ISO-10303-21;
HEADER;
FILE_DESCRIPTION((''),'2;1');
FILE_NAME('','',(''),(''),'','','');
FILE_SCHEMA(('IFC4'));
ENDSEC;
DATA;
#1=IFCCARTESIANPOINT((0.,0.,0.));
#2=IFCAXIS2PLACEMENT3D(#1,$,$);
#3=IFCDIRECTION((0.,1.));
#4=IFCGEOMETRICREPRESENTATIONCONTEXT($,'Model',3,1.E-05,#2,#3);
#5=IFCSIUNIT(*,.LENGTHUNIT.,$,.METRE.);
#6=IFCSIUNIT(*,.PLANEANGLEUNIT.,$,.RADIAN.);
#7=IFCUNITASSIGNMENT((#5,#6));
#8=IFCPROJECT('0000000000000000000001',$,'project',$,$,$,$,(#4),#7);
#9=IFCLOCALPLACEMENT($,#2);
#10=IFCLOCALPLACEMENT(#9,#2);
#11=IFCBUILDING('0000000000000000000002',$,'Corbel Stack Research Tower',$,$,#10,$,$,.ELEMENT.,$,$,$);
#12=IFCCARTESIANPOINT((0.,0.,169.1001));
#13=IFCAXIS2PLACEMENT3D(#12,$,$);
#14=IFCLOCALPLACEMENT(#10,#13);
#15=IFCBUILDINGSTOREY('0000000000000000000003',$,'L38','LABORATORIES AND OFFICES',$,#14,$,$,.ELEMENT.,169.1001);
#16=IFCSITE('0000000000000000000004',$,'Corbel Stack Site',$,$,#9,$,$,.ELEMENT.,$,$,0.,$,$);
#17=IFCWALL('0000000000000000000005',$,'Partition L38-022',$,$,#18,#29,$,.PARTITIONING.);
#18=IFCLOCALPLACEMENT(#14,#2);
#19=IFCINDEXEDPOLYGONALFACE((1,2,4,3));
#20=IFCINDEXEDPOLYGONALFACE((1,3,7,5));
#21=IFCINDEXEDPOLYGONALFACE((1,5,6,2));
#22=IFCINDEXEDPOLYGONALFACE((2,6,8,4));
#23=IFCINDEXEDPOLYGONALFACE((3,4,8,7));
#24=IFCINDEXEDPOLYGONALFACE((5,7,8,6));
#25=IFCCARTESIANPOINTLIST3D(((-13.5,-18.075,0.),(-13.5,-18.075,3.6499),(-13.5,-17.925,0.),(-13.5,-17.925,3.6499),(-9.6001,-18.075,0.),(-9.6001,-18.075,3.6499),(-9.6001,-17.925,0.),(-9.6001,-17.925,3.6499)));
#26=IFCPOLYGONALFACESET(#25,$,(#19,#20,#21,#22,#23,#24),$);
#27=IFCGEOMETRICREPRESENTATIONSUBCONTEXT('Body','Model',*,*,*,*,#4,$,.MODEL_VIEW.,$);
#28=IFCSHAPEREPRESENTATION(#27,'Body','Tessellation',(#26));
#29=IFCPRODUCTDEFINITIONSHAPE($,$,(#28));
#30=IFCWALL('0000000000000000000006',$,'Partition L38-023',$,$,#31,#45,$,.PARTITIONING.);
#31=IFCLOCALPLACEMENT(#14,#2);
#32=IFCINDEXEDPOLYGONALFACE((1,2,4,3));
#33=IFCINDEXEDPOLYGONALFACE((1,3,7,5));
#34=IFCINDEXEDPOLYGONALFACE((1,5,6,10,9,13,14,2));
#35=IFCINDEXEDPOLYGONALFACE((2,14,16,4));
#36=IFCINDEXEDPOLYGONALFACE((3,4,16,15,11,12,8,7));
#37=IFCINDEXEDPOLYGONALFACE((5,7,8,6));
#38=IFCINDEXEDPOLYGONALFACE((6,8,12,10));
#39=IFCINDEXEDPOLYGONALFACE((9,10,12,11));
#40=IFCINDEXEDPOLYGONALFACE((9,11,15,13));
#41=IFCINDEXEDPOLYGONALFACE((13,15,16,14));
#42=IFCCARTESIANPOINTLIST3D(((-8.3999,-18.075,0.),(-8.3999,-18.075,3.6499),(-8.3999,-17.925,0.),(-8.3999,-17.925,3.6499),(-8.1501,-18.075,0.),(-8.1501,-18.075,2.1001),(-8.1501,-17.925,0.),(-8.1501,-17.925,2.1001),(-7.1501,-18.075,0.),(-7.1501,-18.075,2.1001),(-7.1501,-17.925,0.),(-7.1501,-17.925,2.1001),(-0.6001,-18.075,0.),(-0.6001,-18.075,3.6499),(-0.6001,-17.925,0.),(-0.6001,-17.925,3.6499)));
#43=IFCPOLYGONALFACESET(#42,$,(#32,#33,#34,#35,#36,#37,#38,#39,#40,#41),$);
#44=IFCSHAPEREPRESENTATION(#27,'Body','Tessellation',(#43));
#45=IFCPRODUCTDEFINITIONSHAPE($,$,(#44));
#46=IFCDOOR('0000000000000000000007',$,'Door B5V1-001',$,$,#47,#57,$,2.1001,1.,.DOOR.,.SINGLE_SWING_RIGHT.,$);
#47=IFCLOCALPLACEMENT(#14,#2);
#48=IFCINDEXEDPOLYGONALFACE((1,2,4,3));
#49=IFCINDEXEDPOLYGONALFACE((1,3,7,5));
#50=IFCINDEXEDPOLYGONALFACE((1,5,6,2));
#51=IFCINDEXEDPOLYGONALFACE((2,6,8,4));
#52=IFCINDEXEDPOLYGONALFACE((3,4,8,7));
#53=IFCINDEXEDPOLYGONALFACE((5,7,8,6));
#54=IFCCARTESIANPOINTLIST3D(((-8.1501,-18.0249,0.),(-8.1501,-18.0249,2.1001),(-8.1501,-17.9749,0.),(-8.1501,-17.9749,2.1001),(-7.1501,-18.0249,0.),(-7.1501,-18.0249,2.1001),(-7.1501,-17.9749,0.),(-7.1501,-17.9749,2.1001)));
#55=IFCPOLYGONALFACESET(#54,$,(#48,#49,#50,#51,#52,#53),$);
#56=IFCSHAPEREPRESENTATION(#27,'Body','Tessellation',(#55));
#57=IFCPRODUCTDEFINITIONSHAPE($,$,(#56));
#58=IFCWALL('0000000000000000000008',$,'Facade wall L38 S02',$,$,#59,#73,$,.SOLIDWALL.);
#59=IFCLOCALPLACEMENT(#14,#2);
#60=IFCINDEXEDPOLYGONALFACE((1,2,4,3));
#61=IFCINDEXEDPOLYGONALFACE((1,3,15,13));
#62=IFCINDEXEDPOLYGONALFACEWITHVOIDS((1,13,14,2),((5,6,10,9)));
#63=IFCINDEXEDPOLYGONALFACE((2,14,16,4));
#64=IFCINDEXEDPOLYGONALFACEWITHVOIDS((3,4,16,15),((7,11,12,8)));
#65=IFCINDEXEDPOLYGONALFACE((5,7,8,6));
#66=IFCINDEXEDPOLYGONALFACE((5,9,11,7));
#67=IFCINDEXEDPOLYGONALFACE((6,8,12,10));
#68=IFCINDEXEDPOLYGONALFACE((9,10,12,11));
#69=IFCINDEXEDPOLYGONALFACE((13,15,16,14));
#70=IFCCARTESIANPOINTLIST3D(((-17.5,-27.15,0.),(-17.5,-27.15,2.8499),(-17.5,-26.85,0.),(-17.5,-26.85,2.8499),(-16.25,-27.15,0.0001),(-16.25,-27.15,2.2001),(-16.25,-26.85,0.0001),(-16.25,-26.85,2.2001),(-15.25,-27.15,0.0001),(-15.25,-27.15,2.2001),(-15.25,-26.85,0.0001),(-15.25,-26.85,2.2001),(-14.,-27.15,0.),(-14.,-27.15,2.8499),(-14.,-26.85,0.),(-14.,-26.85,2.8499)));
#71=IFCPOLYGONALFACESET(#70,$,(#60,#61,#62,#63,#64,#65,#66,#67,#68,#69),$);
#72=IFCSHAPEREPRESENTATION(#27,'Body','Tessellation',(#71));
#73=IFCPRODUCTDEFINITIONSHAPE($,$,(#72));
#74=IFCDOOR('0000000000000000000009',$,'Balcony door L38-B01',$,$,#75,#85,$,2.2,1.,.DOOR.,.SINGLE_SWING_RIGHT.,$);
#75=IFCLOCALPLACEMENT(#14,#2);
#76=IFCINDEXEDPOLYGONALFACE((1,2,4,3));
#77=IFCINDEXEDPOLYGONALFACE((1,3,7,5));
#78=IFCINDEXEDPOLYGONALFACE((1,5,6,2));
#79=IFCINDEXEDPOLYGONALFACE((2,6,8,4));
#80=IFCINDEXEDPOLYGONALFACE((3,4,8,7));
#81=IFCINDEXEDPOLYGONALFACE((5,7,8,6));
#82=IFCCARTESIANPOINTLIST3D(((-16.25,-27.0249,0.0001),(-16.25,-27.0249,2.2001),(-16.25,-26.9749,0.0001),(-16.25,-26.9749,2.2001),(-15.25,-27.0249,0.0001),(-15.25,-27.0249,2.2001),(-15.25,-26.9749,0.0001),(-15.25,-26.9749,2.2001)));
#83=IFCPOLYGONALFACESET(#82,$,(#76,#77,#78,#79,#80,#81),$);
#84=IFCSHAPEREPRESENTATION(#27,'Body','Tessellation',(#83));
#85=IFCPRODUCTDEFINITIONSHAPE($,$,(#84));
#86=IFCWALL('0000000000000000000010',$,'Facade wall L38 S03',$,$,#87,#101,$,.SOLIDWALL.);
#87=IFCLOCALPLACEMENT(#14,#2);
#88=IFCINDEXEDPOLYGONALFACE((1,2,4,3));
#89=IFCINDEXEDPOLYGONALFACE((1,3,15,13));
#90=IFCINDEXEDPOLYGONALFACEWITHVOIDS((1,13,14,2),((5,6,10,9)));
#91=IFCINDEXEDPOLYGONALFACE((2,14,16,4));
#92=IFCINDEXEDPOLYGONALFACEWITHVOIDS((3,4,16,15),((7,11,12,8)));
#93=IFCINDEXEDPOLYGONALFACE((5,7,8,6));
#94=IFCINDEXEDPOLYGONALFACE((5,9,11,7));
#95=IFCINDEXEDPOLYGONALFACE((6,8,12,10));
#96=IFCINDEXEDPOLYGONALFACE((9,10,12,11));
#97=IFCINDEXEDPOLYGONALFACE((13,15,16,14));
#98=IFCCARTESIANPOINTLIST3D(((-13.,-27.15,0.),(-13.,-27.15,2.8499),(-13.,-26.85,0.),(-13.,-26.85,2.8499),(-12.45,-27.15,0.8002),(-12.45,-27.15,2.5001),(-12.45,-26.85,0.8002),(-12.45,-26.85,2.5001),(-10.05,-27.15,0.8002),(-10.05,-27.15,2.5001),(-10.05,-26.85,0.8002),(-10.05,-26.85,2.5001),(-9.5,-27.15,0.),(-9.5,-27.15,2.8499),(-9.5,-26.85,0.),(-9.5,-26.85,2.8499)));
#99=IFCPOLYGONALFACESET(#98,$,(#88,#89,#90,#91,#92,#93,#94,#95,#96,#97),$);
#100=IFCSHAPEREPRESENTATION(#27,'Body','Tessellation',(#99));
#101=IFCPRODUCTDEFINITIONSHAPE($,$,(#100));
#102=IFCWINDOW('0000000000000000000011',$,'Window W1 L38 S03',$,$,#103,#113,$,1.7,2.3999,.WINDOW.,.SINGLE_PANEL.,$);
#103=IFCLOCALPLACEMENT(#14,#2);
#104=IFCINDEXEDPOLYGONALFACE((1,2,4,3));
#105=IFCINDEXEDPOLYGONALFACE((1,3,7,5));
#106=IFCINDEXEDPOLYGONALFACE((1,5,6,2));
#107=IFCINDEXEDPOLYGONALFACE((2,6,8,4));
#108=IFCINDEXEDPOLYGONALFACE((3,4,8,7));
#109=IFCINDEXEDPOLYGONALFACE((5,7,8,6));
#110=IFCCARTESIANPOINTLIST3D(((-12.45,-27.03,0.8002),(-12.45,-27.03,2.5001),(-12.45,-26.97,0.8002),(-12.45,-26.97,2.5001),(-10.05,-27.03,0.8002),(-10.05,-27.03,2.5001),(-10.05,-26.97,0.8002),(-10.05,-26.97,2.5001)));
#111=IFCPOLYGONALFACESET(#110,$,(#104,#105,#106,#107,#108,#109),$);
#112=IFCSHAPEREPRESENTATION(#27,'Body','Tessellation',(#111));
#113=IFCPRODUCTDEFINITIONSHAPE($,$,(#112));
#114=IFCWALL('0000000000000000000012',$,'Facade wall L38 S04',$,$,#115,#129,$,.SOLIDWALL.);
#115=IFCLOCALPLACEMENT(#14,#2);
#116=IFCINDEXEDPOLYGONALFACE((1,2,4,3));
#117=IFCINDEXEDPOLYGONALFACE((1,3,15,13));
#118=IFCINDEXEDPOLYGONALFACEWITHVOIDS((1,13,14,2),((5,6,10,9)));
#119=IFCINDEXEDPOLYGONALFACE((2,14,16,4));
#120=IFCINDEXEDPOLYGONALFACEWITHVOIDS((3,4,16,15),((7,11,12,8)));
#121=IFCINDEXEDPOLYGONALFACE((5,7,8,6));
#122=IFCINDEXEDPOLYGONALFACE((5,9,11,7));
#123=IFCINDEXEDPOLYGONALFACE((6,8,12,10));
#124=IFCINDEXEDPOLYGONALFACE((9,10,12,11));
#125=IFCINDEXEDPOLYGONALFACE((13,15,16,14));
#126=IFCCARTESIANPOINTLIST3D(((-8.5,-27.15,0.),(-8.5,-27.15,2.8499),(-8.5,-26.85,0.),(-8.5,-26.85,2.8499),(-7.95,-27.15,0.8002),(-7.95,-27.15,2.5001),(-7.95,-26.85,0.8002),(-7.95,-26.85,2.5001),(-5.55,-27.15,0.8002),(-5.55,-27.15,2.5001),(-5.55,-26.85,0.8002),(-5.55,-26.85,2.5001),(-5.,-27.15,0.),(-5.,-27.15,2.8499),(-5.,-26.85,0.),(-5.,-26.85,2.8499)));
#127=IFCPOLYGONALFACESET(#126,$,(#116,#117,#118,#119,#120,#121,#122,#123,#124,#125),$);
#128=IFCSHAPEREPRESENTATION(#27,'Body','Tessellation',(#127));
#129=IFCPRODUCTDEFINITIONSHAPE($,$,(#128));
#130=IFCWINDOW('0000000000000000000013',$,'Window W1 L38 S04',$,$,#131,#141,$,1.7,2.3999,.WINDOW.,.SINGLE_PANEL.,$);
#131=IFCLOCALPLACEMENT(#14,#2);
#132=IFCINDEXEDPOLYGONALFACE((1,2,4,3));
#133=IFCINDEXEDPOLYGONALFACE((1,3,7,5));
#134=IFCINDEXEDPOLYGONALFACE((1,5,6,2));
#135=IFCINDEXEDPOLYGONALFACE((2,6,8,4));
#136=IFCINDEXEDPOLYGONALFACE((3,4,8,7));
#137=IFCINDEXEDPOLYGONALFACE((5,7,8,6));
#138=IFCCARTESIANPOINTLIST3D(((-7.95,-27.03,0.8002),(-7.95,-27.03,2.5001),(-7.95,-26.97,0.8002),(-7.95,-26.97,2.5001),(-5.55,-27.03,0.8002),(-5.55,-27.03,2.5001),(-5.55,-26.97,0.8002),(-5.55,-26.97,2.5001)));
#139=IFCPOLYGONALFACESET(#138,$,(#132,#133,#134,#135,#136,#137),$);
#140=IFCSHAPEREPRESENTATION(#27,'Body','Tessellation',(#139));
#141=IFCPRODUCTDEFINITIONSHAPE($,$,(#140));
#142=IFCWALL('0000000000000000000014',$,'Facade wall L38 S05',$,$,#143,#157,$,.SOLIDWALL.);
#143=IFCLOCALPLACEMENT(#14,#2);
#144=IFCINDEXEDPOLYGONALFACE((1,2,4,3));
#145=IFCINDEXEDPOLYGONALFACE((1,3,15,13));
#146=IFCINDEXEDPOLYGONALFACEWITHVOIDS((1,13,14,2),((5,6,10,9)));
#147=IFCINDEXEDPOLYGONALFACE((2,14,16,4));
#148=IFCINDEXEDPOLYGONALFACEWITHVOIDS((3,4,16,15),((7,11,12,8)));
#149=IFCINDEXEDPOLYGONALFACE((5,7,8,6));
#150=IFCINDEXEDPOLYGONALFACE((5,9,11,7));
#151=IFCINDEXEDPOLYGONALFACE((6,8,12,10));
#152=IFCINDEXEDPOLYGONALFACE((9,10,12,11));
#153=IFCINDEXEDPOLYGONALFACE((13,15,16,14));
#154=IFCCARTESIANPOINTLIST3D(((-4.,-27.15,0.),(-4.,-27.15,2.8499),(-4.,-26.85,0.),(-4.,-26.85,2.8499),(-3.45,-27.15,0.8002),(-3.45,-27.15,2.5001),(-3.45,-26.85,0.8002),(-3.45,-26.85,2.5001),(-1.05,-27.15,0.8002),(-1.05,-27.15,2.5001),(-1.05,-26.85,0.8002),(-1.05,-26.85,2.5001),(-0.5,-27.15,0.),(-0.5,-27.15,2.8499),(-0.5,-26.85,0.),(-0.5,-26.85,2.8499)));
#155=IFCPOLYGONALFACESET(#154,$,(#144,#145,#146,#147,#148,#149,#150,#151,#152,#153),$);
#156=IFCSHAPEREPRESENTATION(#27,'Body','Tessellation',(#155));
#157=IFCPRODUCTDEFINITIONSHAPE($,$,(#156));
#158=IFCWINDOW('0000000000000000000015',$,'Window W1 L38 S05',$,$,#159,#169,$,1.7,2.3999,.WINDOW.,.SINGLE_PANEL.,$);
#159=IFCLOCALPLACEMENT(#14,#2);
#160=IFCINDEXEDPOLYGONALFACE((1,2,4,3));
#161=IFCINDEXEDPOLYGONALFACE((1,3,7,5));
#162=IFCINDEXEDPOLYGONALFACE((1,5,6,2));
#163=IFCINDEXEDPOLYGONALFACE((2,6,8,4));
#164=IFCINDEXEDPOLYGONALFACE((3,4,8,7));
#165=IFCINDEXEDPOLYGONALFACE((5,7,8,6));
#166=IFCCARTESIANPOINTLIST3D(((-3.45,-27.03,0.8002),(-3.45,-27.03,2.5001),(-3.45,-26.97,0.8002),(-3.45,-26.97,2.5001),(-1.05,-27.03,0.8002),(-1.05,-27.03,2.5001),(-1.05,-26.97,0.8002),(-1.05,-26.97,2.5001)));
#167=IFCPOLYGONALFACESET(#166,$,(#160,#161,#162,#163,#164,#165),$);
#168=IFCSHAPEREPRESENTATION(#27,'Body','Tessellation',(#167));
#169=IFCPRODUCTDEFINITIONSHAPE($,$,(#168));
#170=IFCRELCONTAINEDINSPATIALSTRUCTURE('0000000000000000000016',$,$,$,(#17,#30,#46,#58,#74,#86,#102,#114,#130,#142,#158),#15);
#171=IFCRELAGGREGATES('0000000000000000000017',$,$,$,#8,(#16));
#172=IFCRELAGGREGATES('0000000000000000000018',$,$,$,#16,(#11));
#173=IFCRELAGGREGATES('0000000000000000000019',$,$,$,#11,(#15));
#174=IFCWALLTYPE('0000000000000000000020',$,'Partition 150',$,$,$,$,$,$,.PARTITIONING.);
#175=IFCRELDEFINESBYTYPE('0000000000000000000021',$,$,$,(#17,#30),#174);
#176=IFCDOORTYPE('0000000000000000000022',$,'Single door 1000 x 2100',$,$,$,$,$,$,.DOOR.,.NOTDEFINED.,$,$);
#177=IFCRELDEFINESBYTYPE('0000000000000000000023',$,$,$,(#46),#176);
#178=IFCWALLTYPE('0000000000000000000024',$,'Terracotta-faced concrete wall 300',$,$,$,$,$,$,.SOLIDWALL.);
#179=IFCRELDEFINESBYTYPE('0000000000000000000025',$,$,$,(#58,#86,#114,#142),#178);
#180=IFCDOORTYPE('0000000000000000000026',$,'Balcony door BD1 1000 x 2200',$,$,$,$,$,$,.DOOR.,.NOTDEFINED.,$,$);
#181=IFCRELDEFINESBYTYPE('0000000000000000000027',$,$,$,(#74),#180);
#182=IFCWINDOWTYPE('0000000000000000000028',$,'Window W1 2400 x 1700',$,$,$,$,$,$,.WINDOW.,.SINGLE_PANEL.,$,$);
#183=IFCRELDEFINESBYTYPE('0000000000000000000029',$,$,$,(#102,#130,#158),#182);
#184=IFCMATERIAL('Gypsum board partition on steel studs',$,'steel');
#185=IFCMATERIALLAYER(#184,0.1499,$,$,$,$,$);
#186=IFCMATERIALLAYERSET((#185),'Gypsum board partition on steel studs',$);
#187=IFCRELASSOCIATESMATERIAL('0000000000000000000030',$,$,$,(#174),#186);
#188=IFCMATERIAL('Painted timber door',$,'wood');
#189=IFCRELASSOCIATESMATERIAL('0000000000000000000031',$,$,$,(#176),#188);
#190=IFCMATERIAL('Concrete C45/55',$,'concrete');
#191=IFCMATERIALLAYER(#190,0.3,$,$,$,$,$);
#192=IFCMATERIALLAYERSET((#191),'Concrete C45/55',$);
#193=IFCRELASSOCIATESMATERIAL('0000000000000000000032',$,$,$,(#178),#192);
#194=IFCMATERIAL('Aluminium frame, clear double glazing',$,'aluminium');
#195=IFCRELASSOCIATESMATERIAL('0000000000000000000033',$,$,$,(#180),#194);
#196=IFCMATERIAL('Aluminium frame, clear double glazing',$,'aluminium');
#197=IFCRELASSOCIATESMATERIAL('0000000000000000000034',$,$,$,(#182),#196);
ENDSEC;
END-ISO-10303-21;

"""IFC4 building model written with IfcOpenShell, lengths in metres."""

from ifc_helpers import new_model, si_unit, direction, frame, frame_2d, origin, place, context, subcontext, project, spatial, rectangle, extrude, material, layer, layer_set, type_object, element, fill, save


model = new_model("IFC4")

# Units and contexts
model_context = context("Model", 3, precision=1e-05, world=origin(), true_north=direction((0.0, 1.0)))
body_context = subcontext(model_context, "Body", "Model", "MODEL_VIEW")
ifc_project = project(units=[si_unit("LENGTHUNIT", "METRE"), si_unit("PLANEANGLEUNIT", "RADIAN")], contexts=[model_context])

# Site, building, storey
site_placement = place(None, origin())
site = spatial("IfcSite", under=ifc_project, at=site_placement, Name="Corbel Stack Site", CompositionType="ELEMENT", RefElevation=0.0)
building_placement = place(site_placement, origin())
building = spatial("IfcBuilding", under=site, at=building_placement, Name="Corbel Stack Research Tower", CompositionType="ELEMENT")
storey_placement = place(building_placement, frame((0.0, 0.0, 169.1001)))
storey = spatial("IfcBuildingStorey", under=building, at=storey_placement, Name="L38", Description="LABORATORIES AND OFFICES", CompositionType="ELEMENT", Elevation=169.1001)

# Wall
ifc_material_1 = material(Name="Gypsum board partition on steel studs", Category="steel")
ifc_layer_1 = layer(ifc_material_1, 0.1499)
ifc_layer_set_1 = layer_set([ifc_layer_1], Name="Gypsum board partition on steel studs")
wall_type_1 = type_object("IfcWallType", Name="Partition 150", PredefinedType="PARTITIONING", material=ifc_layer_set_1)
wall_1_placement = place(storey_placement, frame((-13.5, -18.0, 0.0), z_axis=(0.0, 0.0, 1.0), x_axis=(1.0, 0.0, 0.0)))
element("IfcWall", 1, at=wall_1_placement, inside=storey, type_object=wall_type_1, Name="Partition L38-022", PredefinedType="PARTITIONING", context=body_context, shape_type="SweptSolid", body=[
    extrude(rectangle(XDim=3.8999, YDim=0.1499, at=frame_2d((1.95, 0.0))), origin(), (0.0, 0.0, 1.0), 3.6499),
])

# Walls, openings, doors
wall_2_placement = place(storey_placement, frame((-0.6001, -18.0, 0.0), z_axis=(0.0, 0.0, 1.0), x_axis=(-1.0, 0.0, 0.0)))
wall_2 = element("IfcWall", 2, at=wall_2_placement, inside=storey, type_object=wall_type_1, Name="Partition L38-023", PredefinedType="PARTITIONING", context=body_context, shape_type="SweptSolid", body=[
    extrude(rectangle(XDim=7.7998, YDim=0.1499, at=frame_2d((3.8999, 0.0))), origin(), (0.0, 0.0, 1.0), 3.6499),
])
opening_1_placement = place(wall_2_placement, frame((6.55, 0.0, 0.0)))
opening_1 = element("IfcOpeningElement", 3, at=opening_1_placement, cuts=wall_2, PredefinedType="OPENING", context=body_context, shape_type="SweptSolid", body=[
    extrude(rectangle(XDim=1.0, YDim=2.1001, at=frame_2d((0.5, 1.05))), frame((0.0, 0.085, 0.0), z_axis=(0.0, -1.0, 0.0), x_axis=(1.0, 0.0, 0.0)), (0.0, 0.0, 1.0), 0.1699),
])
ifc_material_2 = material(Name="Painted timber door", Category="wood")
door_type_1 = type_object("IfcDoorType", Name="Single door 1000 x 2100", OperationType="NOTDEFINED", PredefinedType="DOOR", material=ifc_material_2)
door_1_placement = place(opening_1_placement, origin())
door_1 = element("IfcDoor", 4, at=door_1_placement, inside=storey, type_object=door_type_1, Name="Door B5V1-001", OperationType="SINGLE_SWING_RIGHT", OverallHeight=2.1001, OverallWidth=1.0, PredefinedType="DOOR", context=body_context, shape_type="SweptSolid", body=[
    extrude(rectangle(XDim=1.0, YDim=2.1001, at=frame_2d((0.5, 1.05))), frame((0.0, 0.0249, 0.0), z_axis=(0.0, -1.0, 0.0), x_axis=(1.0, 0.0, 0.0)), (0.0, 0.0, 1.0), 0.05),
])
fill(opening_1, door_1)
ifc_material_3 = material(Name="Concrete C45/55", Category="concrete")
ifc_layer_2 = layer(ifc_material_3, 0.3)
ifc_layer_set_2 = layer_set([ifc_layer_2], Name="Concrete C45/55")
wall_type_2 = type_object("IfcWallType", Name="Terracotta-faced concrete wall 300", PredefinedType="SOLIDWALL", material=ifc_layer_set_2)
wall_3_placement = place(storey_placement, frame((-14.0, -27.0, 0.0), z_axis=(0.0, 0.0, 1.0), x_axis=(-1.0, 0.0, 0.0)))
wall_3 = element("IfcWall", 5, at=wall_3_placement, inside=storey, type_object=wall_type_2, Name="Facade wall L38 S02", PredefinedType="SOLIDWALL", context=body_context, shape_type="SweptSolid", body=[
    extrude(rectangle(XDim=3.5, YDim=0.3, at=frame_2d((1.75, 0.0))), origin(), (0.0, 0.0, 1.0), 2.8499),
])
opening_2_placement = place(wall_3_placement, frame((1.25, 0.0, 0.0)))
opening_2 = element("IfcOpeningElement", 6, at=opening_2_placement, cuts=wall_3, PredefinedType="OPENING", context=body_context, shape_type="SweptSolid", body=[
    extrude(rectangle(XDim=1.0, YDim=2.2, at=frame_2d((0.5, 1.1001))), frame((0.0, 0.1599, 0.0), z_axis=(0.0, -1.0, 0.0), x_axis=(1.0, 0.0, 0.0)), (0.0, 0.0, 1.0), 0.3201),
])
ifc_material_4 = material(Name="Aluminium frame, clear double glazing", Category="aluminium")
door_type_2 = type_object("IfcDoorType", Name="Balcony door BD1 1000 x 2200", OperationType="NOTDEFINED", PredefinedType="DOOR", material=ifc_material_4)
door_2_placement = place(opening_2_placement, origin())
door_2 = element("IfcDoor", 7, at=door_2_placement, inside=storey, type_object=door_type_2, Name="Balcony door L38-B01", OperationType="SINGLE_SWING_RIGHT", OverallHeight=2.2, OverallWidth=1.0, PredefinedType="DOOR", context=body_context, shape_type="SweptSolid", body=[
    extrude(rectangle(XDim=1.0, YDim=2.2, at=frame_2d((0.5, 1.1001))), frame((0.0, 0.0249, 0.0), z_axis=(0.0, -1.0, 0.0), x_axis=(1.0, 0.0, 0.0)), (0.0, 0.0, 1.0), 0.05),
])
fill(opening_2, door_2)

# Walls, openings, windows
wall_4_placement = place(storey_placement, frame((-9.5, -27.0, 0.0), z_axis=(0.0, 0.0, 1.0), x_axis=(-1.0, 0.0, 0.0)))
wall_4 = element("IfcWall", 8, at=wall_4_placement, inside=storey, type_object=wall_type_2, Name="Facade wall L38 S03", PredefinedType="SOLIDWALL", context=body_context, shape_type="SweptSolid", body=[
    extrude(rectangle(XDim=3.5, YDim=0.3, at=frame_2d((1.75, 0.0))), origin(), (0.0, 0.0, 1.0), 2.8499),
])
opening_3_placement = place(wall_4_placement, frame((0.55, 0.0, 0.8)))
opening_3 = element("IfcOpeningElement", 9, at=opening_3_placement, cuts=wall_4, PredefinedType="OPENING", context=body_context, shape_type="SweptSolid", body=[
    extrude(rectangle(XDim=2.3999, YDim=1.7, at=frame_2d((1.2, 0.8501))), frame((0.0, 0.1599, 0.0), z_axis=(0.0, -1.0, 0.0), x_axis=(1.0, 0.0, 0.0)), (0.0, 0.0, 1.0), 0.3201),
])
ifc_material_5 = material(Name="Aluminium frame, clear double glazing", Category="aluminium")
window_type = type_object("IfcWindowType", Name="Window W1 2400 x 1700", PartitioningType="SINGLE_PANEL", PredefinedType="WINDOW", material=ifc_material_5)
window_1_placement = place(opening_3_placement, origin())
window_1 = element("IfcWindow", 10, at=window_1_placement, inside=storey, type_object=window_type, Name="Window W1 L38 S03", OverallHeight=1.7, OverallWidth=2.3999, PartitioningType="SINGLE_PANEL", PredefinedType="WINDOW", context=body_context, shape_type="SweptSolid", body=[
    extrude(rectangle(XDim=2.3999, YDim=1.7, at=frame_2d((1.2, 0.8501))), frame((0.0, 0.03, 0.0), z_axis=(0.0, -1.0, 0.0), x_axis=(1.0, 0.0, 0.0)), (0.0, 0.0, 1.0), 0.0601),
])
fill(opening_3, window_1)
wall_5_placement = place(storey_placement, frame((-5.0, -27.0, 0.0), z_axis=(0.0, 0.0, 1.0), x_axis=(-1.0, 0.0, 0.0)))
wall_5 = element("IfcWall", 11, at=wall_5_placement, inside=storey, type_object=wall_type_2, Name="Facade wall L38 S04", PredefinedType="SOLIDWALL", context=body_context, shape_type="SweptSolid", body=[
    extrude(rectangle(XDim=3.5, YDim=0.3, at=frame_2d((1.75, 0.0))), origin(), (0.0, 0.0, 1.0), 2.8499),
])
opening_4_placement = place(wall_5_placement, frame((0.55, 0.0, 0.8)))
opening_4 = element("IfcOpeningElement", 12, at=opening_4_placement, cuts=wall_5, PredefinedType="OPENING", context=body_context, shape_type="SweptSolid", body=[
    extrude(rectangle(XDim=2.3999, YDim=1.7, at=frame_2d((1.2, 0.8501))), frame((0.0, 0.1599, 0.0), z_axis=(0.0, -1.0, 0.0), x_axis=(1.0, 0.0, 0.0)), (0.0, 0.0, 1.0), 0.3201),
])
window_2_placement = place(opening_4_placement, origin())
window_2 = element("IfcWindow", 13, at=window_2_placement, inside=storey, type_object=window_type, Name="Window W1 L38 S04", OverallHeight=1.7, OverallWidth=2.3999, PartitioningType="SINGLE_PANEL", PredefinedType="WINDOW", context=body_context, shape_type="SweptSolid", body=[
    extrude(rectangle(XDim=2.3999, YDim=1.7, at=frame_2d((1.2, 0.8501))), frame((0.0, 0.03, 0.0), z_axis=(0.0, -1.0, 0.0), x_axis=(1.0, 0.0, 0.0)), (0.0, 0.0, 1.0), 0.0601),
])
fill(opening_4, window_2)
wall_6_placement = place(storey_placement, frame((-0.5, -27.0, 0.0), z_axis=(0.0, 0.0, 1.0), x_axis=(-1.0, 0.0, 0.0)))
wall_6 = element("IfcWall", 14, at=wall_6_placement, inside=storey, type_object=wall_type_2, Name="Facade wall L38 S05", PredefinedType="SOLIDWALL", context=body_context, shape_type="SweptSolid", body=[
    extrude(rectangle(XDim=3.5, YDim=0.3, at=frame_2d((1.75, 0.0))), origin(), (0.0, 0.0, 1.0), 2.8499),
])
opening_5_placement = place(wall_6_placement, frame((0.55, 0.0, 0.8)))
opening_5 = element("IfcOpeningElement", 15, at=opening_5_placement, cuts=wall_6, PredefinedType="OPENING", context=body_context, shape_type="SweptSolid", body=[
    extrude(rectangle(XDim=2.3999, YDim=1.7, at=frame_2d((1.2, 0.8501))), frame((0.0, 0.1599, 0.0), z_axis=(0.0, -1.0, 0.0), x_axis=(1.0, 0.0, 0.0)), (0.0, 0.0, 1.0), 0.3201),
])
window_3_placement = place(opening_5_placement, origin())
window_3 = element("IfcWindow", 16, at=window_3_placement, inside=storey, type_object=window_type, Name="Window W1 L38 S05", OverallHeight=1.7, OverallWidth=2.3999, PartitioningType="SINGLE_PANEL", PredefinedType="WINDOW", context=body_context, shape_type="SweptSolid", body=[
    extrude(rectangle(XDim=2.3999, YDim=1.7, at=frame_2d((1.2, 0.8501))), frame((0.0, 0.03, 0.0), z_axis=(0.0, -1.0, 0.0), x_axis=(1.0, 0.0, 0.0)), (0.0, 0.0, 1.0), 0.0601),
])
fill(opening_5, window_3)

save(model, "model.ifc")
